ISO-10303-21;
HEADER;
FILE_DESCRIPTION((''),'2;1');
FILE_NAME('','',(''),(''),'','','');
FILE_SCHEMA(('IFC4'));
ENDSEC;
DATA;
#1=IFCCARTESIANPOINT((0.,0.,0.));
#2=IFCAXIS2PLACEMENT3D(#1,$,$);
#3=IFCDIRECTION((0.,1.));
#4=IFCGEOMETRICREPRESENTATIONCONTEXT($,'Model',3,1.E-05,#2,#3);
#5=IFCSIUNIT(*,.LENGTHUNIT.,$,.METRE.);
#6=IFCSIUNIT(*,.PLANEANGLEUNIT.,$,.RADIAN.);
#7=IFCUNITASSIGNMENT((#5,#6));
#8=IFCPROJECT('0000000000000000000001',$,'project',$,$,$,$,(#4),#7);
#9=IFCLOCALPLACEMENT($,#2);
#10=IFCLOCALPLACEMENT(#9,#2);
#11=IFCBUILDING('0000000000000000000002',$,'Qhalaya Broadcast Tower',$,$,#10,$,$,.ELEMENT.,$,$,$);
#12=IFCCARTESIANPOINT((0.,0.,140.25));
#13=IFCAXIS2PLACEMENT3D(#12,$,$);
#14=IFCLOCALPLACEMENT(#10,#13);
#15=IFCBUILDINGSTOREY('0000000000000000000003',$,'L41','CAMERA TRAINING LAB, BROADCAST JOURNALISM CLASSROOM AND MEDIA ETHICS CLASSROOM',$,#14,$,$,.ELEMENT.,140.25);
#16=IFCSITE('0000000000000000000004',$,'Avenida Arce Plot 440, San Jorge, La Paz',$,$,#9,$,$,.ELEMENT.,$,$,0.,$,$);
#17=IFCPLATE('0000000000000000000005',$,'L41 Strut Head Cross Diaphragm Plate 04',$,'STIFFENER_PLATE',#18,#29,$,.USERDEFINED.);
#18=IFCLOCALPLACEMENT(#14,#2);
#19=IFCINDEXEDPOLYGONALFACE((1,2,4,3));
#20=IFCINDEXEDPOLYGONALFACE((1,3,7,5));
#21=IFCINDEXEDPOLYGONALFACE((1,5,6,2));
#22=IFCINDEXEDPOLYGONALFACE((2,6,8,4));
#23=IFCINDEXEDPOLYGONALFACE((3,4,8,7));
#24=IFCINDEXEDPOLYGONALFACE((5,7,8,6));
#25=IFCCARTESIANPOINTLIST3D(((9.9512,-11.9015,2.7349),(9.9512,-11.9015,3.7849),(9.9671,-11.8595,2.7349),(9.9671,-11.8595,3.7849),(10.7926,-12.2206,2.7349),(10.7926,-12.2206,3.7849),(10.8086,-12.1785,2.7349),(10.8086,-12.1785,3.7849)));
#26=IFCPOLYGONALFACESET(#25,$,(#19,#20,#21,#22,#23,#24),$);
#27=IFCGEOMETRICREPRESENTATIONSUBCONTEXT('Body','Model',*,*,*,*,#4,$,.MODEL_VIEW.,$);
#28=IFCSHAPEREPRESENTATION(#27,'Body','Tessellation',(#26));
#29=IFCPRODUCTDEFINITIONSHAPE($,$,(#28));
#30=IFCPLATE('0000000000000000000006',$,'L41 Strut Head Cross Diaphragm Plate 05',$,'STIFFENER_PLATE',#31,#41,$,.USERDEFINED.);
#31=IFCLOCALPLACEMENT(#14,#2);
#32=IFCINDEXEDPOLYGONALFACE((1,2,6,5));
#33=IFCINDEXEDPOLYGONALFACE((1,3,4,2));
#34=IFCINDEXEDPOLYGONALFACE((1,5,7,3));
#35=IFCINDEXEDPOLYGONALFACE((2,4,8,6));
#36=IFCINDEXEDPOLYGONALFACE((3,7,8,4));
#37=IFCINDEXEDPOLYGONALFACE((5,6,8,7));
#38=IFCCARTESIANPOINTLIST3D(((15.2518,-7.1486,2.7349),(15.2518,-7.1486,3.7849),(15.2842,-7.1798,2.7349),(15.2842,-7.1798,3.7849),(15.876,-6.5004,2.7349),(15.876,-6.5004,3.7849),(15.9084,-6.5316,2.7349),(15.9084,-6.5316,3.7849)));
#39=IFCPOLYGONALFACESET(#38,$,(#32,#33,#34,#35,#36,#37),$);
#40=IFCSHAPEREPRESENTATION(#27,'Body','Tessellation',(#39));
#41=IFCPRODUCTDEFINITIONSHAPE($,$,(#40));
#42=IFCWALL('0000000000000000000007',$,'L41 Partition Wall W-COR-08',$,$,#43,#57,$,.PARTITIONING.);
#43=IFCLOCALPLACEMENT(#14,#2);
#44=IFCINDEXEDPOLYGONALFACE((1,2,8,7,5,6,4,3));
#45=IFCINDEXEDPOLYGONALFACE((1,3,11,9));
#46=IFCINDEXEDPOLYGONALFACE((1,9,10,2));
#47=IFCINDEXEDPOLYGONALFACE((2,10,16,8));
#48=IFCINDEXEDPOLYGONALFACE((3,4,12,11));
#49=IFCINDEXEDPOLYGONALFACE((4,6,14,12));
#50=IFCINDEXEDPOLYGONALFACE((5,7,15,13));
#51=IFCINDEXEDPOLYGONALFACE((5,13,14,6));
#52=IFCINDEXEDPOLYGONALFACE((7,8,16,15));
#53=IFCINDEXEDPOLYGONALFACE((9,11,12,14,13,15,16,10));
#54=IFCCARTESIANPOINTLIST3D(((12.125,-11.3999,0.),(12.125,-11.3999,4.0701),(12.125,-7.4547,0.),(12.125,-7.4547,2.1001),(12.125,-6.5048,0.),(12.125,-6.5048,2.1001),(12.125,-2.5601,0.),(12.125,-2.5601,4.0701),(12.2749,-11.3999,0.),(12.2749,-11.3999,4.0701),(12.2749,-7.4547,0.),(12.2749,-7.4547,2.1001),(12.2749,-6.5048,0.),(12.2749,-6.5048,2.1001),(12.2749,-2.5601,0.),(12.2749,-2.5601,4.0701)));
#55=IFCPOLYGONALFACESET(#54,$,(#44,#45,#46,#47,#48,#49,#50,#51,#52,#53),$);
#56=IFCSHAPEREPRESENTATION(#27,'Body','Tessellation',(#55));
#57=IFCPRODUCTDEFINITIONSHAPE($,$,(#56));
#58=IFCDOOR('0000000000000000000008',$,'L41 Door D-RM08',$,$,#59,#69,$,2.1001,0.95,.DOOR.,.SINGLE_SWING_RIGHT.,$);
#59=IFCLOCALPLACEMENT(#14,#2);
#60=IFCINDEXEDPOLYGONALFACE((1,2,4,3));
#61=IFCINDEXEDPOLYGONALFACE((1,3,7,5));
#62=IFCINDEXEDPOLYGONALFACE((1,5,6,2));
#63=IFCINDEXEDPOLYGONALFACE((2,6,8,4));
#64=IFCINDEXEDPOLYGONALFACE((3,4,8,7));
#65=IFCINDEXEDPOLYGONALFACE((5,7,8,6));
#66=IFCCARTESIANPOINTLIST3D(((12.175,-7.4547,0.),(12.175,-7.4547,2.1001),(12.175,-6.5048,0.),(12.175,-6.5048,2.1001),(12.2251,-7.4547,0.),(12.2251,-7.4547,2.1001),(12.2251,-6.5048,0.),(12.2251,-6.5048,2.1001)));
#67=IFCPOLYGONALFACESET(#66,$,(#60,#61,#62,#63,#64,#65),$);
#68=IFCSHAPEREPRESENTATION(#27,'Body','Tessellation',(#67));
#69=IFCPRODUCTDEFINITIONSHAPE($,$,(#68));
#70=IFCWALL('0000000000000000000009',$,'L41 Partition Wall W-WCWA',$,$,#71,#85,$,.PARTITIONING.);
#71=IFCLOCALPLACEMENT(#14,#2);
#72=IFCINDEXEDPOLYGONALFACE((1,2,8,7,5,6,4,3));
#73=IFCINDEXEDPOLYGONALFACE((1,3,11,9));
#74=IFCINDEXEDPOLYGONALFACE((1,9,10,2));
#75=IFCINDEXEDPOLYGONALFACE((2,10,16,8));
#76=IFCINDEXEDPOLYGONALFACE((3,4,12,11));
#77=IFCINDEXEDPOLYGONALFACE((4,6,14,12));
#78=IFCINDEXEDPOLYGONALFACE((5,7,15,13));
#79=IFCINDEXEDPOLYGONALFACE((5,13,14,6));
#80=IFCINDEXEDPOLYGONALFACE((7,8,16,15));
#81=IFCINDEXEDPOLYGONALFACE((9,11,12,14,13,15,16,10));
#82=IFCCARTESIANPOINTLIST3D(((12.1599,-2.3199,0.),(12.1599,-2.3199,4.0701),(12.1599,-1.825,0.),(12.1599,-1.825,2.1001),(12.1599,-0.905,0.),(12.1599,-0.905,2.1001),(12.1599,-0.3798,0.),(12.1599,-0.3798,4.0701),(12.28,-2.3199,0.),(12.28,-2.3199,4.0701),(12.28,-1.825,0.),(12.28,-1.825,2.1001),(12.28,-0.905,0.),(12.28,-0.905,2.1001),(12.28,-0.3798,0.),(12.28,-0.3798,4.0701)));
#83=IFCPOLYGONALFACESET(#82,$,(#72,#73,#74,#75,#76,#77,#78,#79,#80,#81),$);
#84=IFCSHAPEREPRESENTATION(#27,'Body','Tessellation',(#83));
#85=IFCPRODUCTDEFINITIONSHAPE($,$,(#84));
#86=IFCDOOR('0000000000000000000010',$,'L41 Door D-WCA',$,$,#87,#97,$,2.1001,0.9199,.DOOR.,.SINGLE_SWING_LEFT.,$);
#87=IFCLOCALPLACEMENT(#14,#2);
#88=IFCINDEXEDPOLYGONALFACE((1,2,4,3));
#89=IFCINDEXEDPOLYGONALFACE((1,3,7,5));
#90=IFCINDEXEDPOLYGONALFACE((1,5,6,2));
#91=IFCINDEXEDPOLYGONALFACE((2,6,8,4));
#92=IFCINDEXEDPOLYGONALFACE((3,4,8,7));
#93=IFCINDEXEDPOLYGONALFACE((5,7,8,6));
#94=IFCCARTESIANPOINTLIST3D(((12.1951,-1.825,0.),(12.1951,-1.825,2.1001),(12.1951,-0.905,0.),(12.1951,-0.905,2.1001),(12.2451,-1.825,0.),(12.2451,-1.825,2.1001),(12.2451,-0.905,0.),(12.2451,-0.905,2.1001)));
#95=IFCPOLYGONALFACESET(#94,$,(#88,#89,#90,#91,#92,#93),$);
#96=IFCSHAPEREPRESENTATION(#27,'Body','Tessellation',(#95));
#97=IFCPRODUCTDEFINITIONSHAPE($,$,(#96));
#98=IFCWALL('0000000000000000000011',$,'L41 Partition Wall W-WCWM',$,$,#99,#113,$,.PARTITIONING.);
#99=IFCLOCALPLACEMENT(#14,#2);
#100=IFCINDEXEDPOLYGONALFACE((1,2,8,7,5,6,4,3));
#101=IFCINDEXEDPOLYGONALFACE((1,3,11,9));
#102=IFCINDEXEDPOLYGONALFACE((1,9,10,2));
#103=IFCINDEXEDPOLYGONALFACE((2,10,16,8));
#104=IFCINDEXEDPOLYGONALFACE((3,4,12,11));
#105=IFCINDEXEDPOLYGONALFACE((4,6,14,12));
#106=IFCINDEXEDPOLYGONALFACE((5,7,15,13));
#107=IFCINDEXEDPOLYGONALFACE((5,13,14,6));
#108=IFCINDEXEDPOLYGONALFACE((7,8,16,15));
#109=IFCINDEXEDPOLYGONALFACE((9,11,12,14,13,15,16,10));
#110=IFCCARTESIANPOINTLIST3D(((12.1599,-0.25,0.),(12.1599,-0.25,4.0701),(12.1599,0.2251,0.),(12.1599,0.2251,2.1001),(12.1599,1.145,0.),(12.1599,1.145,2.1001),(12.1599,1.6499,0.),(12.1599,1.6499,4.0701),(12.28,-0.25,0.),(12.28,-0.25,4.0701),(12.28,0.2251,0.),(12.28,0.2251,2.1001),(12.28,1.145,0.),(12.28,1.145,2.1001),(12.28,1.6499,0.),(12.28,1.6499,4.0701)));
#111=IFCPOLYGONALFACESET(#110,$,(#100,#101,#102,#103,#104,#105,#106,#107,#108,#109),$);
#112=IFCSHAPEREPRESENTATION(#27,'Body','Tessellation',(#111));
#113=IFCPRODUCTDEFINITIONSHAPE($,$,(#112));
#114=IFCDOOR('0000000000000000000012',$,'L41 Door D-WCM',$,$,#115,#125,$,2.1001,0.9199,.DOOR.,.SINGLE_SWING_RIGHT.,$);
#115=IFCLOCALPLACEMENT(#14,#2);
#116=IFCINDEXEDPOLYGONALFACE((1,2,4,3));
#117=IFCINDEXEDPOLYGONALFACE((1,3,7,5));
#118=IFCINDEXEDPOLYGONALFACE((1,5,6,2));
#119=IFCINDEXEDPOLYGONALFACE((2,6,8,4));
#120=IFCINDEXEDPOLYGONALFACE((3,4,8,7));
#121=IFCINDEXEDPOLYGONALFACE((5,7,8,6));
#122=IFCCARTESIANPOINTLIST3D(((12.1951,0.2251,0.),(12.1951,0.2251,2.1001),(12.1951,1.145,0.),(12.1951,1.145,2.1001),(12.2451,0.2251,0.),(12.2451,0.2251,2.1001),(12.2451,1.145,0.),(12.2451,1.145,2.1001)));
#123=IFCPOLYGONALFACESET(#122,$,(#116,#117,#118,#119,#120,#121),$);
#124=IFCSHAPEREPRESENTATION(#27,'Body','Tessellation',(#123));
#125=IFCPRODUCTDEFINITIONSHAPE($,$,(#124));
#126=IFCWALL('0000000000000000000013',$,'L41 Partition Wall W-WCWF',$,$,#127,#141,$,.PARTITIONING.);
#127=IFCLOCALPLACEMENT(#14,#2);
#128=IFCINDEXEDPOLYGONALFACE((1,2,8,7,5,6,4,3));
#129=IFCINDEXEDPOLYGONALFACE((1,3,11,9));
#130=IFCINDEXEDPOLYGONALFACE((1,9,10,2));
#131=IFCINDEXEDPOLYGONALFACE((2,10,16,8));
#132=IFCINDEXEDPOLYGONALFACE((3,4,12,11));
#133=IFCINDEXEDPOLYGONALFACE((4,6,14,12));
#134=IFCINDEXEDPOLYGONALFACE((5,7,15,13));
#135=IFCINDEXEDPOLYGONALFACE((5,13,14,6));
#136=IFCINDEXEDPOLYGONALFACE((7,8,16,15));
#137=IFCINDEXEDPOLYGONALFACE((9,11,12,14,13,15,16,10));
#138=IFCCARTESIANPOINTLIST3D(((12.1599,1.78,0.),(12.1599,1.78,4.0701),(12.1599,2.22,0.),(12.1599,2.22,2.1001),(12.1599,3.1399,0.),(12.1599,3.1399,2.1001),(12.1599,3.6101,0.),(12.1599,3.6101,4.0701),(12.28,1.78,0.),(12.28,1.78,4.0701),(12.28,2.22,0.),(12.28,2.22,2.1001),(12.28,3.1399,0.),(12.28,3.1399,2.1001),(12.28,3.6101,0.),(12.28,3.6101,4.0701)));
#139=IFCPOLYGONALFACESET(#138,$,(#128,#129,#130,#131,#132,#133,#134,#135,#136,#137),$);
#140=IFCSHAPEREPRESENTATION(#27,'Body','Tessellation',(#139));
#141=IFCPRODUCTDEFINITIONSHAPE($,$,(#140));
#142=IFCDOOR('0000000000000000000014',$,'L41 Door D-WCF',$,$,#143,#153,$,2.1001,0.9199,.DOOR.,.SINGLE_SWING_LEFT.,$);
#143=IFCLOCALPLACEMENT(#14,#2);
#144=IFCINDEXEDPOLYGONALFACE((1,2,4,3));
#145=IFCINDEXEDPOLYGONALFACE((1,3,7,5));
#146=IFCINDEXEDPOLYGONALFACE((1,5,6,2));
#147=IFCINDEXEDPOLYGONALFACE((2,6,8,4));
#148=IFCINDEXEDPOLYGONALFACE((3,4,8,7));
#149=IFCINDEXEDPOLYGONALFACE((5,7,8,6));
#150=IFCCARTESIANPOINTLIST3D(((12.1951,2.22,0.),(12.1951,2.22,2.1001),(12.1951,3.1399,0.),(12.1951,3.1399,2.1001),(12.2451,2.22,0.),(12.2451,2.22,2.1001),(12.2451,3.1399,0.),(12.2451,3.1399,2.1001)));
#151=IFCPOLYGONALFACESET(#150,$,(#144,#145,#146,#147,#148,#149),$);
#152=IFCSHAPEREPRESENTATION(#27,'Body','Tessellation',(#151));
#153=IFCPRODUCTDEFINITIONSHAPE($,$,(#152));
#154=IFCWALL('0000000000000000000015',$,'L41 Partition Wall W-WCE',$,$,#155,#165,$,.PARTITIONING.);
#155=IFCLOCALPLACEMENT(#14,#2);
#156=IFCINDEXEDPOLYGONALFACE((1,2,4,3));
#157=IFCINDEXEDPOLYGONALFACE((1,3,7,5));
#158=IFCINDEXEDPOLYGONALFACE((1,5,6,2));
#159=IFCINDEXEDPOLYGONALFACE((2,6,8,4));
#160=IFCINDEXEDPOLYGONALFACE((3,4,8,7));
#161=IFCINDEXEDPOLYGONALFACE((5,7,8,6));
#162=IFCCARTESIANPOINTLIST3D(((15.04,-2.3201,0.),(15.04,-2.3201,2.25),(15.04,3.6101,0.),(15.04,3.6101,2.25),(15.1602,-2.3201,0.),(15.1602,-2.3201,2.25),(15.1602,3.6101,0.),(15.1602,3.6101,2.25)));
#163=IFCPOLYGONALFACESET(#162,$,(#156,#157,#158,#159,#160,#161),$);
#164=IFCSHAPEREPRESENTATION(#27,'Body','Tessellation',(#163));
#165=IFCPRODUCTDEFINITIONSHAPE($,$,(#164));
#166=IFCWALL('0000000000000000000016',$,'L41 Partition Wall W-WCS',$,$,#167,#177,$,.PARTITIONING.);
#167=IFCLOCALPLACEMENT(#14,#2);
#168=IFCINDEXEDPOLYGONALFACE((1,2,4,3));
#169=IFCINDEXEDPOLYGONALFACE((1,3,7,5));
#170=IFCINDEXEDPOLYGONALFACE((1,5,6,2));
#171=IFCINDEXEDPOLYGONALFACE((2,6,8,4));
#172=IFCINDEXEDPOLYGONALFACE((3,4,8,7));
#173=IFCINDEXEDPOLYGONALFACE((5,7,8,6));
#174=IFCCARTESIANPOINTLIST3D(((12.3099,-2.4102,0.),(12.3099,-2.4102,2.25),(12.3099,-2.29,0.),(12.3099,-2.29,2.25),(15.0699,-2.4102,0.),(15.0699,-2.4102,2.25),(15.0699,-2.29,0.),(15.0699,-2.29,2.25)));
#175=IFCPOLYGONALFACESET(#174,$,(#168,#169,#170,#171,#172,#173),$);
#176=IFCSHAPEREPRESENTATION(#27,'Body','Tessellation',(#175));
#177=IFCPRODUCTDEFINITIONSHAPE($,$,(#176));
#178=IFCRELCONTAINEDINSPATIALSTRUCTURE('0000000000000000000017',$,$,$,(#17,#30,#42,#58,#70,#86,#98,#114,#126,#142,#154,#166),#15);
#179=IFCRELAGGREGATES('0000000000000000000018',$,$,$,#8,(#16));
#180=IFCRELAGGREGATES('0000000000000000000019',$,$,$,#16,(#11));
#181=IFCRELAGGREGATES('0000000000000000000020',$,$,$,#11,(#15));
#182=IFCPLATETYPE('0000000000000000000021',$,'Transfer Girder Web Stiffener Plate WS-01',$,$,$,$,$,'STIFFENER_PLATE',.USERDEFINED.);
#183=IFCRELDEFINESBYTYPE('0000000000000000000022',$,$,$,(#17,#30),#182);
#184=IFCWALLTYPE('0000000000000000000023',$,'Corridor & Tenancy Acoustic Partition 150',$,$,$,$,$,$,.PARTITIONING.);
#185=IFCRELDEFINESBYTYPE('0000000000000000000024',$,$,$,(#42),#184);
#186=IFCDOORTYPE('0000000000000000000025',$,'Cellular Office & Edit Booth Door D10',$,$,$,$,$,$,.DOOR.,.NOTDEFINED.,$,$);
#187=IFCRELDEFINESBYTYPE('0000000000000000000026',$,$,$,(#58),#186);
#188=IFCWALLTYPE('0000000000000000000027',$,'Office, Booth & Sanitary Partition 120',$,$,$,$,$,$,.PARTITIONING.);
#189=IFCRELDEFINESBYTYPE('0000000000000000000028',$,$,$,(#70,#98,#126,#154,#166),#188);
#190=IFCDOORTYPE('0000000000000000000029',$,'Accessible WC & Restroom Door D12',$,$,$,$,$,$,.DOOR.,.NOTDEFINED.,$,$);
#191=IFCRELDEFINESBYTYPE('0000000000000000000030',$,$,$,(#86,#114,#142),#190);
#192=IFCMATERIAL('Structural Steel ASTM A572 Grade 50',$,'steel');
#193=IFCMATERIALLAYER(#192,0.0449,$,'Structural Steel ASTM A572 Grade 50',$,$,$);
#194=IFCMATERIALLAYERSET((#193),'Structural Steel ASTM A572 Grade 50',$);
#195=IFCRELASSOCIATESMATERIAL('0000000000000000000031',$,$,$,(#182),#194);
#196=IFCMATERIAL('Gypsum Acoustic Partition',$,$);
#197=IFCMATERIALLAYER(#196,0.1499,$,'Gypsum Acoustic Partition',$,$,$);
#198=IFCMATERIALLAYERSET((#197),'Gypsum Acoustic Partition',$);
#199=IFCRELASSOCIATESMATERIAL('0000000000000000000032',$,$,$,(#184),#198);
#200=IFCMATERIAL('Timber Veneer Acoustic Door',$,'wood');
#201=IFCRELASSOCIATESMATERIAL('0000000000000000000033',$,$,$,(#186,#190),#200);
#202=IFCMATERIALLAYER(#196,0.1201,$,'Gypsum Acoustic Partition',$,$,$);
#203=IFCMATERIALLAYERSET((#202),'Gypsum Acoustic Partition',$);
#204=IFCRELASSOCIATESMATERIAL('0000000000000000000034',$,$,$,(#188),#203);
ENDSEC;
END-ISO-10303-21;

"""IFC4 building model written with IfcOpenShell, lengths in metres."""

from ifc_helpers import new_model, si_unit, direction, frame, frame_2d, origin, origin_2d, place, context, subcontext, project, spatial, rectangle, extrude, material, layer, layer_set, type_object, element, fill, save


model = new_model("IFC4")

# Units and contexts
model_context = context("Model", 3, precision=1e-05, world=origin(), true_north=direction((0.0, 1.0)))
body_context = subcontext(model_context, "Body", "Model", "MODEL_VIEW")
ifc_project = project(units=[si_unit("LENGTHUNIT", "METRE"), si_unit("PLANEANGLEUNIT", "RADIAN")], contexts=[model_context])

# Site, building, storey
site_placement = place(None, origin())
site = spatial("IfcSite", under=ifc_project, at=site_placement, Name="Avenida Arce Plot 440, San Jorge, La Paz", CompositionType="ELEMENT", RefElevation=0.0)
building_placement = place(site_placement, origin())
building = spatial("IfcBuilding", under=site, at=building_placement, Name="Qhalaya Broadcast Tower", CompositionType="ELEMENT")
storey_placement = place(building_placement, frame((0.0, 0.0, 140.25)))
storey = spatial("IfcBuildingStorey", under=building, at=storey_placement, Name="L41", Description="CAMERA TRAINING LAB, BROADCAST JOURNALISM CLASSROOM AND MEDIA ETHICS CLASSROOM", CompositionType="ELEMENT", Elevation=140.25)

# Shared definitions
ifc_material_1 = material(Name="Structural Steel ASTM A572 Grade 50", Category="steel")

# Plates
ifc_layer_1 = layer(ifc_material_1, 0.0449, Name="Structural Steel ASTM A572 Grade 50")
ifc_layer_set_1 = layer_set([ifc_layer_1], Name="Structural Steel ASTM A572 Grade 50")
plate_type_1 = type_object("IfcPlateType", Name="Transfer Girder Web Stiffener Plate WS-01", ElementType="STIFFENER_PLATE", PredefinedType="USERDEFINED", material=ifc_layer_set_1)
for number, where, z_axis, x_axis, name in (
    (1, (10.3799, -12.04, 2.7349), (0.0, 0.0, 1.0), (-0.935055, 0.354503, 0.0), "L41 Strut Head Cross Diaphragm Plate 04"),
    (2, (15.5801, -6.8401, 2.7349), (0.0, 0.0, 1.0), (-0.693641, -0.720321, 0.0), "L41 Strut Head Cross Diaphragm Plate 05"),
):
    element("IfcPlate", number, at=place(storey_placement, frame(where, z_axis=z_axis, x_axis=x_axis)), inside=storey, type_object=plate_type_1, Name=name, ObjectType="STIFFENER_PLATE", PredefinedType="USERDEFINED", context=body_context, shape_type="SweptSolid", body=[
        extrude(rectangle(XDim=0.8999, YDim=0.0449, at=origin_2d()), origin(), (0.0, 0.0, 1.0), 1.05),
    ])

# Walls, openings, doors
ifc_material_2 = material(Name="Gypsum Acoustic Partition")
ifc_layer_2 = layer(ifc_material_2, 0.1499, Name="Gypsum Acoustic Partition")
ifc_layer_set_2 = layer_set([ifc_layer_2], Name="Gypsum Acoustic Partition")
wall_type_1 = type_object("IfcWallType", Name="Corridor & Tenancy Acoustic Partition 150", PredefinedType="PARTITIONING", material=ifc_layer_set_2)
wall_1_placement = place(storey_placement, frame((12.2, -11.3999, 0.0), z_axis=(0.0, 0.0, 1.0), x_axis=(0.0, 1.0, 0.0)))
wall_1 = element("IfcWall", 3, at=wall_1_placement, inside=storey, type_object=wall_type_1, Name="L41 Partition Wall W-COR-08", PredefinedType="PARTITIONING", context=body_context, shape_type="SweptSolid", body=[
    extrude(rectangle(XDim=8.8398, YDim=0.1499, at=frame_2d((4.4199, 0.0))), origin(), (0.0, 0.0, 1.0), 4.0701),
])
opening_1_placement = place(wall_1_placement, frame((3.9451, 0.0, 0.0)))
opening_1 = element("IfcOpeningElement", 4, at=opening_1_placement, cuts=wall_1, PredefinedType="OPENING", context=body_context, shape_type="SweptSolid", body=[
    extrude(rectangle(XDim=0.95, YDim=2.1001, at=frame_2d((0.4751, 1.05))), frame((0.0, 0.0869, 0.0), z_axis=(0.0, -1.0, 0.0), x_axis=(1.0, 0.0, 0.0)), (0.0, 0.0, 1.0), 0.1738),
])
ifc_material_3 = material(Name="Timber Veneer Acoustic Door", Category="wood")
door_type_1 = type_object("IfcDoorType", Name="Cellular Office & Edit Booth Door D10", OperationType="NOTDEFINED", PredefinedType="DOOR", material=ifc_material_3)
door_1_placement = place(opening_1_placement, origin())
door_1 = element("IfcDoor", 5, at=door_1_placement, inside=storey, type_object=door_type_1, Name="L41 Door D-RM08", OperationType="SINGLE_SWING_RIGHT", OverallHeight=2.1001, OverallWidth=0.95, PredefinedType="DOOR", context=body_context, shape_type="SweptSolid", body=[
    extrude(rectangle(XDim=0.95, YDim=2.1001, at=frame_2d((0.4751, 1.05))), frame((0.0, 0.0249, 0.0), z_axis=(0.0, -1.0, 0.0), x_axis=(1.0, 0.0, 0.0)), (0.0, 0.0, 1.0), 0.05),
])
fill(opening_1, door_1)
ifc_layer_3 = layer(ifc_material_2, 0.1201, Name="Gypsum Acoustic Partition")
ifc_layer_set_3 = layer_set([ifc_layer_3], Name="Gypsum Acoustic Partition")
wall_type_2 = type_object("IfcWallType", Name="Office, Booth & Sanitary Partition 120", PredefinedType="PARTITIONING", material=ifc_layer_set_3)
wall_2_placement = place(storey_placement, frame((12.22, -2.3201, 0.0), z_axis=(0.0, 0.0, 1.0), x_axis=(0.0, 1.0, 0.0)))
wall_2 = element("IfcWall", 6, at=wall_2_placement, inside=storey, type_object=wall_type_2, Name="L41 Partition Wall W-WCWA", PredefinedType="PARTITIONING", context=body_context, shape_type="SweptSolid", body=[
    extrude(rectangle(XDim=1.9402, YDim=0.1201, at=frame_2d((0.9702, 0.0))), origin(), (0.0, 0.0, 1.0), 4.0701),
])
opening_2_placement = place(wall_2_placement, frame((0.4951, 0.0, 0.0)))
opening_2 = element("IfcOpeningElement", 7, at=opening_2_placement, cuts=wall_2, PredefinedType="OPENING", context=body_context, shape_type="SweptSolid", body=[
    extrude(rectangle(XDim=0.9199, YDim=2.1001, at=frame_2d((0.46, 1.05))), frame((0.0, 0.072, 0.0), z_axis=(0.0, -1.0, 0.0), x_axis=(1.0, 0.0, 0.0)), (0.0, 0.0, 1.0), 0.144),
])
door_type_2 = type_object("IfcDoorType", Name="Accessible WC & Restroom Door D12", OperationType="NOTDEFINED", PredefinedType="DOOR", material=ifc_material_3)
door_2_placement = place(opening_2_placement, origin())
door_2 = element("IfcDoor", 8, at=door_2_placement, inside=storey, type_object=door_type_2, Name="L41 Door D-WCA", OperationType="SINGLE_SWING_LEFT", OverallHeight=2.1001, OverallWidth=0.9199, PredefinedType="DOOR", context=body_context, shape_type="SweptSolid", body=[
    extrude(rectangle(XDim=0.9199, YDim=2.1001, at=frame_2d((0.46, 1.05))), frame((0.0, 0.0249, 0.0), z_axis=(0.0, -1.0, 0.0), x_axis=(1.0, 0.0, 0.0)), (0.0, 0.0, 1.0), 0.05),
])
fill(opening_2, door_2)
wall_3_placement = place(storey_placement, frame((12.22, -0.25, 0.0), z_axis=(0.0, 0.0, 1.0), x_axis=(0.0, 1.0, 0.0)))
wall_3 = element("IfcWall", 9, at=wall_3_placement, inside=storey, type_object=wall_type_2, Name="L41 Partition Wall W-WCWM", PredefinedType="PARTITIONING", context=body_context, shape_type="SweptSolid", body=[
    extrude(rectangle(XDim=1.8999, YDim=0.1201, at=frame_2d((0.95, 0.0))), origin(), (0.0, 0.0, 1.0), 4.0701),
])
opening_3_placement = place(wall_3_placement, frame((0.4751, 0.0, 0.0)))
opening_3 = element("IfcOpeningElement", 10, at=opening_3_placement, cuts=wall_3, PredefinedType="OPENING", context=body_context, shape_type="SweptSolid", body=[
    extrude(rectangle(XDim=0.9199, YDim=2.1001, at=frame_2d((0.46, 1.05))), frame((0.0, 0.072, 0.0), z_axis=(0.0, -1.0, 0.0), x_axis=(1.0, 0.0, 0.0)), (0.0, 0.0, 1.0), 0.144),
])
door_3_placement = place(opening_3_placement, origin())
door_3 = element("IfcDoor", 11, at=door_3_placement, inside=storey, type_object=door_type_2, Name="L41 Door D-WCM", OperationType="SINGLE_SWING_RIGHT", OverallHeight=2.1001, OverallWidth=0.9199, PredefinedType="DOOR", context=body_context, shape_type="SweptSolid", body=[
    extrude(rectangle(XDim=0.9199, YDim=2.1001, at=frame_2d((0.46, 1.05))), frame((0.0, 0.0249, 0.0), z_axis=(0.0, -1.0, 0.0), x_axis=(1.0, 0.0, 0.0)), (0.0, 0.0, 1.0), 0.05),
])
fill(opening_3, door_3)
wall_4_placement = place(storey_placement, frame((12.22, 1.78, 0.0), z_axis=(0.0, 0.0, 1.0), x_axis=(0.0, 1.0, 0.0)))
wall_4 = element("IfcWall", 12, at=wall_4_placement, inside=storey, type_object=wall_type_2, Name="L41 Partition Wall W-WCWF", PredefinedType="PARTITIONING", context=body_context, shape_type="SweptSolid", body=[
    extrude(rectangle(XDim=1.8301, YDim=0.1201, at=frame_2d((0.915, 0.0))), origin(), (0.0, 0.0, 1.0), 4.0701),
])
opening_4_placement = place(wall_4_placement, frame((0.4399, 0.0, 0.0)))
opening_4 = element("IfcOpeningElement", 13, at=opening_4_placement, cuts=wall_4, PredefinedType="OPENING", context=body_context, shape_type="SweptSolid", body=[
    extrude(rectangle(XDim=0.9199, YDim=2.1001, at=frame_2d((0.46, 1.05))), frame((0.0, 0.072, 0.0), z_axis=(0.0, -1.0, 0.0), x_axis=(1.0, 0.0, 0.0)), (0.0, 0.0, 1.0), 0.144),
])
door_4_placement = place(opening_4_placement, origin())
door_4 = element("IfcDoor", 14, at=door_4_placement, inside=storey, type_object=door_type_2, Name="L41 Door D-WCF", OperationType="SINGLE_SWING_LEFT", OverallHeight=2.1001, OverallWidth=0.9199, PredefinedType="DOOR", context=body_context, shape_type="SweptSolid", body=[
    extrude(rectangle(XDim=0.9199, YDim=2.1001, at=frame_2d((0.46, 1.05))), frame((0.0, 0.0249, 0.0), z_axis=(0.0, -1.0, 0.0), x_axis=(1.0, 0.0, 0.0)), (0.0, 0.0, 1.0), 0.05),
])
fill(opening_4, door_4)

# Walls
wall_5_placement = place(storey_placement, frame((15.1001, -2.3201, 0.0), z_axis=(0.0, 0.0, 1.0), x_axis=(0.0, 1.0, 0.0)))
element("IfcWall", 15, at=wall_5_placement, inside=storey, type_object=wall_type_2, Name="L41 Partition Wall W-WCE", PredefinedType="PARTITIONING", context=body_context, shape_type="SweptSolid", body=[
    extrude(rectangle(XDim=5.9302, YDim=0.1201, at=frame_2d((2.9651, 0.0))), origin(), (0.0, 0.0, 1.0), 2.25),
])
wall_6_placement = place(storey_placement, frame((12.3101, -2.3501, 0.0), z_axis=(0.0, 0.0, 1.0), x_axis=(1.0, 0.0, 0.0)))
element("IfcWall", 16, at=wall_6_placement, inside=storey, type_object=wall_type_2, Name="L41 Partition Wall W-WCS", PredefinedType="PARTITIONING", context=body_context, shape_type="SweptSolid", body=[
    extrude(rectangle(XDim=2.76, YDim=0.1201, at=frame_2d((1.3799, 0.0))), origin(), (0.0, 0.0, 1.0), 2.25),
])

save(model, "model.ifc")
